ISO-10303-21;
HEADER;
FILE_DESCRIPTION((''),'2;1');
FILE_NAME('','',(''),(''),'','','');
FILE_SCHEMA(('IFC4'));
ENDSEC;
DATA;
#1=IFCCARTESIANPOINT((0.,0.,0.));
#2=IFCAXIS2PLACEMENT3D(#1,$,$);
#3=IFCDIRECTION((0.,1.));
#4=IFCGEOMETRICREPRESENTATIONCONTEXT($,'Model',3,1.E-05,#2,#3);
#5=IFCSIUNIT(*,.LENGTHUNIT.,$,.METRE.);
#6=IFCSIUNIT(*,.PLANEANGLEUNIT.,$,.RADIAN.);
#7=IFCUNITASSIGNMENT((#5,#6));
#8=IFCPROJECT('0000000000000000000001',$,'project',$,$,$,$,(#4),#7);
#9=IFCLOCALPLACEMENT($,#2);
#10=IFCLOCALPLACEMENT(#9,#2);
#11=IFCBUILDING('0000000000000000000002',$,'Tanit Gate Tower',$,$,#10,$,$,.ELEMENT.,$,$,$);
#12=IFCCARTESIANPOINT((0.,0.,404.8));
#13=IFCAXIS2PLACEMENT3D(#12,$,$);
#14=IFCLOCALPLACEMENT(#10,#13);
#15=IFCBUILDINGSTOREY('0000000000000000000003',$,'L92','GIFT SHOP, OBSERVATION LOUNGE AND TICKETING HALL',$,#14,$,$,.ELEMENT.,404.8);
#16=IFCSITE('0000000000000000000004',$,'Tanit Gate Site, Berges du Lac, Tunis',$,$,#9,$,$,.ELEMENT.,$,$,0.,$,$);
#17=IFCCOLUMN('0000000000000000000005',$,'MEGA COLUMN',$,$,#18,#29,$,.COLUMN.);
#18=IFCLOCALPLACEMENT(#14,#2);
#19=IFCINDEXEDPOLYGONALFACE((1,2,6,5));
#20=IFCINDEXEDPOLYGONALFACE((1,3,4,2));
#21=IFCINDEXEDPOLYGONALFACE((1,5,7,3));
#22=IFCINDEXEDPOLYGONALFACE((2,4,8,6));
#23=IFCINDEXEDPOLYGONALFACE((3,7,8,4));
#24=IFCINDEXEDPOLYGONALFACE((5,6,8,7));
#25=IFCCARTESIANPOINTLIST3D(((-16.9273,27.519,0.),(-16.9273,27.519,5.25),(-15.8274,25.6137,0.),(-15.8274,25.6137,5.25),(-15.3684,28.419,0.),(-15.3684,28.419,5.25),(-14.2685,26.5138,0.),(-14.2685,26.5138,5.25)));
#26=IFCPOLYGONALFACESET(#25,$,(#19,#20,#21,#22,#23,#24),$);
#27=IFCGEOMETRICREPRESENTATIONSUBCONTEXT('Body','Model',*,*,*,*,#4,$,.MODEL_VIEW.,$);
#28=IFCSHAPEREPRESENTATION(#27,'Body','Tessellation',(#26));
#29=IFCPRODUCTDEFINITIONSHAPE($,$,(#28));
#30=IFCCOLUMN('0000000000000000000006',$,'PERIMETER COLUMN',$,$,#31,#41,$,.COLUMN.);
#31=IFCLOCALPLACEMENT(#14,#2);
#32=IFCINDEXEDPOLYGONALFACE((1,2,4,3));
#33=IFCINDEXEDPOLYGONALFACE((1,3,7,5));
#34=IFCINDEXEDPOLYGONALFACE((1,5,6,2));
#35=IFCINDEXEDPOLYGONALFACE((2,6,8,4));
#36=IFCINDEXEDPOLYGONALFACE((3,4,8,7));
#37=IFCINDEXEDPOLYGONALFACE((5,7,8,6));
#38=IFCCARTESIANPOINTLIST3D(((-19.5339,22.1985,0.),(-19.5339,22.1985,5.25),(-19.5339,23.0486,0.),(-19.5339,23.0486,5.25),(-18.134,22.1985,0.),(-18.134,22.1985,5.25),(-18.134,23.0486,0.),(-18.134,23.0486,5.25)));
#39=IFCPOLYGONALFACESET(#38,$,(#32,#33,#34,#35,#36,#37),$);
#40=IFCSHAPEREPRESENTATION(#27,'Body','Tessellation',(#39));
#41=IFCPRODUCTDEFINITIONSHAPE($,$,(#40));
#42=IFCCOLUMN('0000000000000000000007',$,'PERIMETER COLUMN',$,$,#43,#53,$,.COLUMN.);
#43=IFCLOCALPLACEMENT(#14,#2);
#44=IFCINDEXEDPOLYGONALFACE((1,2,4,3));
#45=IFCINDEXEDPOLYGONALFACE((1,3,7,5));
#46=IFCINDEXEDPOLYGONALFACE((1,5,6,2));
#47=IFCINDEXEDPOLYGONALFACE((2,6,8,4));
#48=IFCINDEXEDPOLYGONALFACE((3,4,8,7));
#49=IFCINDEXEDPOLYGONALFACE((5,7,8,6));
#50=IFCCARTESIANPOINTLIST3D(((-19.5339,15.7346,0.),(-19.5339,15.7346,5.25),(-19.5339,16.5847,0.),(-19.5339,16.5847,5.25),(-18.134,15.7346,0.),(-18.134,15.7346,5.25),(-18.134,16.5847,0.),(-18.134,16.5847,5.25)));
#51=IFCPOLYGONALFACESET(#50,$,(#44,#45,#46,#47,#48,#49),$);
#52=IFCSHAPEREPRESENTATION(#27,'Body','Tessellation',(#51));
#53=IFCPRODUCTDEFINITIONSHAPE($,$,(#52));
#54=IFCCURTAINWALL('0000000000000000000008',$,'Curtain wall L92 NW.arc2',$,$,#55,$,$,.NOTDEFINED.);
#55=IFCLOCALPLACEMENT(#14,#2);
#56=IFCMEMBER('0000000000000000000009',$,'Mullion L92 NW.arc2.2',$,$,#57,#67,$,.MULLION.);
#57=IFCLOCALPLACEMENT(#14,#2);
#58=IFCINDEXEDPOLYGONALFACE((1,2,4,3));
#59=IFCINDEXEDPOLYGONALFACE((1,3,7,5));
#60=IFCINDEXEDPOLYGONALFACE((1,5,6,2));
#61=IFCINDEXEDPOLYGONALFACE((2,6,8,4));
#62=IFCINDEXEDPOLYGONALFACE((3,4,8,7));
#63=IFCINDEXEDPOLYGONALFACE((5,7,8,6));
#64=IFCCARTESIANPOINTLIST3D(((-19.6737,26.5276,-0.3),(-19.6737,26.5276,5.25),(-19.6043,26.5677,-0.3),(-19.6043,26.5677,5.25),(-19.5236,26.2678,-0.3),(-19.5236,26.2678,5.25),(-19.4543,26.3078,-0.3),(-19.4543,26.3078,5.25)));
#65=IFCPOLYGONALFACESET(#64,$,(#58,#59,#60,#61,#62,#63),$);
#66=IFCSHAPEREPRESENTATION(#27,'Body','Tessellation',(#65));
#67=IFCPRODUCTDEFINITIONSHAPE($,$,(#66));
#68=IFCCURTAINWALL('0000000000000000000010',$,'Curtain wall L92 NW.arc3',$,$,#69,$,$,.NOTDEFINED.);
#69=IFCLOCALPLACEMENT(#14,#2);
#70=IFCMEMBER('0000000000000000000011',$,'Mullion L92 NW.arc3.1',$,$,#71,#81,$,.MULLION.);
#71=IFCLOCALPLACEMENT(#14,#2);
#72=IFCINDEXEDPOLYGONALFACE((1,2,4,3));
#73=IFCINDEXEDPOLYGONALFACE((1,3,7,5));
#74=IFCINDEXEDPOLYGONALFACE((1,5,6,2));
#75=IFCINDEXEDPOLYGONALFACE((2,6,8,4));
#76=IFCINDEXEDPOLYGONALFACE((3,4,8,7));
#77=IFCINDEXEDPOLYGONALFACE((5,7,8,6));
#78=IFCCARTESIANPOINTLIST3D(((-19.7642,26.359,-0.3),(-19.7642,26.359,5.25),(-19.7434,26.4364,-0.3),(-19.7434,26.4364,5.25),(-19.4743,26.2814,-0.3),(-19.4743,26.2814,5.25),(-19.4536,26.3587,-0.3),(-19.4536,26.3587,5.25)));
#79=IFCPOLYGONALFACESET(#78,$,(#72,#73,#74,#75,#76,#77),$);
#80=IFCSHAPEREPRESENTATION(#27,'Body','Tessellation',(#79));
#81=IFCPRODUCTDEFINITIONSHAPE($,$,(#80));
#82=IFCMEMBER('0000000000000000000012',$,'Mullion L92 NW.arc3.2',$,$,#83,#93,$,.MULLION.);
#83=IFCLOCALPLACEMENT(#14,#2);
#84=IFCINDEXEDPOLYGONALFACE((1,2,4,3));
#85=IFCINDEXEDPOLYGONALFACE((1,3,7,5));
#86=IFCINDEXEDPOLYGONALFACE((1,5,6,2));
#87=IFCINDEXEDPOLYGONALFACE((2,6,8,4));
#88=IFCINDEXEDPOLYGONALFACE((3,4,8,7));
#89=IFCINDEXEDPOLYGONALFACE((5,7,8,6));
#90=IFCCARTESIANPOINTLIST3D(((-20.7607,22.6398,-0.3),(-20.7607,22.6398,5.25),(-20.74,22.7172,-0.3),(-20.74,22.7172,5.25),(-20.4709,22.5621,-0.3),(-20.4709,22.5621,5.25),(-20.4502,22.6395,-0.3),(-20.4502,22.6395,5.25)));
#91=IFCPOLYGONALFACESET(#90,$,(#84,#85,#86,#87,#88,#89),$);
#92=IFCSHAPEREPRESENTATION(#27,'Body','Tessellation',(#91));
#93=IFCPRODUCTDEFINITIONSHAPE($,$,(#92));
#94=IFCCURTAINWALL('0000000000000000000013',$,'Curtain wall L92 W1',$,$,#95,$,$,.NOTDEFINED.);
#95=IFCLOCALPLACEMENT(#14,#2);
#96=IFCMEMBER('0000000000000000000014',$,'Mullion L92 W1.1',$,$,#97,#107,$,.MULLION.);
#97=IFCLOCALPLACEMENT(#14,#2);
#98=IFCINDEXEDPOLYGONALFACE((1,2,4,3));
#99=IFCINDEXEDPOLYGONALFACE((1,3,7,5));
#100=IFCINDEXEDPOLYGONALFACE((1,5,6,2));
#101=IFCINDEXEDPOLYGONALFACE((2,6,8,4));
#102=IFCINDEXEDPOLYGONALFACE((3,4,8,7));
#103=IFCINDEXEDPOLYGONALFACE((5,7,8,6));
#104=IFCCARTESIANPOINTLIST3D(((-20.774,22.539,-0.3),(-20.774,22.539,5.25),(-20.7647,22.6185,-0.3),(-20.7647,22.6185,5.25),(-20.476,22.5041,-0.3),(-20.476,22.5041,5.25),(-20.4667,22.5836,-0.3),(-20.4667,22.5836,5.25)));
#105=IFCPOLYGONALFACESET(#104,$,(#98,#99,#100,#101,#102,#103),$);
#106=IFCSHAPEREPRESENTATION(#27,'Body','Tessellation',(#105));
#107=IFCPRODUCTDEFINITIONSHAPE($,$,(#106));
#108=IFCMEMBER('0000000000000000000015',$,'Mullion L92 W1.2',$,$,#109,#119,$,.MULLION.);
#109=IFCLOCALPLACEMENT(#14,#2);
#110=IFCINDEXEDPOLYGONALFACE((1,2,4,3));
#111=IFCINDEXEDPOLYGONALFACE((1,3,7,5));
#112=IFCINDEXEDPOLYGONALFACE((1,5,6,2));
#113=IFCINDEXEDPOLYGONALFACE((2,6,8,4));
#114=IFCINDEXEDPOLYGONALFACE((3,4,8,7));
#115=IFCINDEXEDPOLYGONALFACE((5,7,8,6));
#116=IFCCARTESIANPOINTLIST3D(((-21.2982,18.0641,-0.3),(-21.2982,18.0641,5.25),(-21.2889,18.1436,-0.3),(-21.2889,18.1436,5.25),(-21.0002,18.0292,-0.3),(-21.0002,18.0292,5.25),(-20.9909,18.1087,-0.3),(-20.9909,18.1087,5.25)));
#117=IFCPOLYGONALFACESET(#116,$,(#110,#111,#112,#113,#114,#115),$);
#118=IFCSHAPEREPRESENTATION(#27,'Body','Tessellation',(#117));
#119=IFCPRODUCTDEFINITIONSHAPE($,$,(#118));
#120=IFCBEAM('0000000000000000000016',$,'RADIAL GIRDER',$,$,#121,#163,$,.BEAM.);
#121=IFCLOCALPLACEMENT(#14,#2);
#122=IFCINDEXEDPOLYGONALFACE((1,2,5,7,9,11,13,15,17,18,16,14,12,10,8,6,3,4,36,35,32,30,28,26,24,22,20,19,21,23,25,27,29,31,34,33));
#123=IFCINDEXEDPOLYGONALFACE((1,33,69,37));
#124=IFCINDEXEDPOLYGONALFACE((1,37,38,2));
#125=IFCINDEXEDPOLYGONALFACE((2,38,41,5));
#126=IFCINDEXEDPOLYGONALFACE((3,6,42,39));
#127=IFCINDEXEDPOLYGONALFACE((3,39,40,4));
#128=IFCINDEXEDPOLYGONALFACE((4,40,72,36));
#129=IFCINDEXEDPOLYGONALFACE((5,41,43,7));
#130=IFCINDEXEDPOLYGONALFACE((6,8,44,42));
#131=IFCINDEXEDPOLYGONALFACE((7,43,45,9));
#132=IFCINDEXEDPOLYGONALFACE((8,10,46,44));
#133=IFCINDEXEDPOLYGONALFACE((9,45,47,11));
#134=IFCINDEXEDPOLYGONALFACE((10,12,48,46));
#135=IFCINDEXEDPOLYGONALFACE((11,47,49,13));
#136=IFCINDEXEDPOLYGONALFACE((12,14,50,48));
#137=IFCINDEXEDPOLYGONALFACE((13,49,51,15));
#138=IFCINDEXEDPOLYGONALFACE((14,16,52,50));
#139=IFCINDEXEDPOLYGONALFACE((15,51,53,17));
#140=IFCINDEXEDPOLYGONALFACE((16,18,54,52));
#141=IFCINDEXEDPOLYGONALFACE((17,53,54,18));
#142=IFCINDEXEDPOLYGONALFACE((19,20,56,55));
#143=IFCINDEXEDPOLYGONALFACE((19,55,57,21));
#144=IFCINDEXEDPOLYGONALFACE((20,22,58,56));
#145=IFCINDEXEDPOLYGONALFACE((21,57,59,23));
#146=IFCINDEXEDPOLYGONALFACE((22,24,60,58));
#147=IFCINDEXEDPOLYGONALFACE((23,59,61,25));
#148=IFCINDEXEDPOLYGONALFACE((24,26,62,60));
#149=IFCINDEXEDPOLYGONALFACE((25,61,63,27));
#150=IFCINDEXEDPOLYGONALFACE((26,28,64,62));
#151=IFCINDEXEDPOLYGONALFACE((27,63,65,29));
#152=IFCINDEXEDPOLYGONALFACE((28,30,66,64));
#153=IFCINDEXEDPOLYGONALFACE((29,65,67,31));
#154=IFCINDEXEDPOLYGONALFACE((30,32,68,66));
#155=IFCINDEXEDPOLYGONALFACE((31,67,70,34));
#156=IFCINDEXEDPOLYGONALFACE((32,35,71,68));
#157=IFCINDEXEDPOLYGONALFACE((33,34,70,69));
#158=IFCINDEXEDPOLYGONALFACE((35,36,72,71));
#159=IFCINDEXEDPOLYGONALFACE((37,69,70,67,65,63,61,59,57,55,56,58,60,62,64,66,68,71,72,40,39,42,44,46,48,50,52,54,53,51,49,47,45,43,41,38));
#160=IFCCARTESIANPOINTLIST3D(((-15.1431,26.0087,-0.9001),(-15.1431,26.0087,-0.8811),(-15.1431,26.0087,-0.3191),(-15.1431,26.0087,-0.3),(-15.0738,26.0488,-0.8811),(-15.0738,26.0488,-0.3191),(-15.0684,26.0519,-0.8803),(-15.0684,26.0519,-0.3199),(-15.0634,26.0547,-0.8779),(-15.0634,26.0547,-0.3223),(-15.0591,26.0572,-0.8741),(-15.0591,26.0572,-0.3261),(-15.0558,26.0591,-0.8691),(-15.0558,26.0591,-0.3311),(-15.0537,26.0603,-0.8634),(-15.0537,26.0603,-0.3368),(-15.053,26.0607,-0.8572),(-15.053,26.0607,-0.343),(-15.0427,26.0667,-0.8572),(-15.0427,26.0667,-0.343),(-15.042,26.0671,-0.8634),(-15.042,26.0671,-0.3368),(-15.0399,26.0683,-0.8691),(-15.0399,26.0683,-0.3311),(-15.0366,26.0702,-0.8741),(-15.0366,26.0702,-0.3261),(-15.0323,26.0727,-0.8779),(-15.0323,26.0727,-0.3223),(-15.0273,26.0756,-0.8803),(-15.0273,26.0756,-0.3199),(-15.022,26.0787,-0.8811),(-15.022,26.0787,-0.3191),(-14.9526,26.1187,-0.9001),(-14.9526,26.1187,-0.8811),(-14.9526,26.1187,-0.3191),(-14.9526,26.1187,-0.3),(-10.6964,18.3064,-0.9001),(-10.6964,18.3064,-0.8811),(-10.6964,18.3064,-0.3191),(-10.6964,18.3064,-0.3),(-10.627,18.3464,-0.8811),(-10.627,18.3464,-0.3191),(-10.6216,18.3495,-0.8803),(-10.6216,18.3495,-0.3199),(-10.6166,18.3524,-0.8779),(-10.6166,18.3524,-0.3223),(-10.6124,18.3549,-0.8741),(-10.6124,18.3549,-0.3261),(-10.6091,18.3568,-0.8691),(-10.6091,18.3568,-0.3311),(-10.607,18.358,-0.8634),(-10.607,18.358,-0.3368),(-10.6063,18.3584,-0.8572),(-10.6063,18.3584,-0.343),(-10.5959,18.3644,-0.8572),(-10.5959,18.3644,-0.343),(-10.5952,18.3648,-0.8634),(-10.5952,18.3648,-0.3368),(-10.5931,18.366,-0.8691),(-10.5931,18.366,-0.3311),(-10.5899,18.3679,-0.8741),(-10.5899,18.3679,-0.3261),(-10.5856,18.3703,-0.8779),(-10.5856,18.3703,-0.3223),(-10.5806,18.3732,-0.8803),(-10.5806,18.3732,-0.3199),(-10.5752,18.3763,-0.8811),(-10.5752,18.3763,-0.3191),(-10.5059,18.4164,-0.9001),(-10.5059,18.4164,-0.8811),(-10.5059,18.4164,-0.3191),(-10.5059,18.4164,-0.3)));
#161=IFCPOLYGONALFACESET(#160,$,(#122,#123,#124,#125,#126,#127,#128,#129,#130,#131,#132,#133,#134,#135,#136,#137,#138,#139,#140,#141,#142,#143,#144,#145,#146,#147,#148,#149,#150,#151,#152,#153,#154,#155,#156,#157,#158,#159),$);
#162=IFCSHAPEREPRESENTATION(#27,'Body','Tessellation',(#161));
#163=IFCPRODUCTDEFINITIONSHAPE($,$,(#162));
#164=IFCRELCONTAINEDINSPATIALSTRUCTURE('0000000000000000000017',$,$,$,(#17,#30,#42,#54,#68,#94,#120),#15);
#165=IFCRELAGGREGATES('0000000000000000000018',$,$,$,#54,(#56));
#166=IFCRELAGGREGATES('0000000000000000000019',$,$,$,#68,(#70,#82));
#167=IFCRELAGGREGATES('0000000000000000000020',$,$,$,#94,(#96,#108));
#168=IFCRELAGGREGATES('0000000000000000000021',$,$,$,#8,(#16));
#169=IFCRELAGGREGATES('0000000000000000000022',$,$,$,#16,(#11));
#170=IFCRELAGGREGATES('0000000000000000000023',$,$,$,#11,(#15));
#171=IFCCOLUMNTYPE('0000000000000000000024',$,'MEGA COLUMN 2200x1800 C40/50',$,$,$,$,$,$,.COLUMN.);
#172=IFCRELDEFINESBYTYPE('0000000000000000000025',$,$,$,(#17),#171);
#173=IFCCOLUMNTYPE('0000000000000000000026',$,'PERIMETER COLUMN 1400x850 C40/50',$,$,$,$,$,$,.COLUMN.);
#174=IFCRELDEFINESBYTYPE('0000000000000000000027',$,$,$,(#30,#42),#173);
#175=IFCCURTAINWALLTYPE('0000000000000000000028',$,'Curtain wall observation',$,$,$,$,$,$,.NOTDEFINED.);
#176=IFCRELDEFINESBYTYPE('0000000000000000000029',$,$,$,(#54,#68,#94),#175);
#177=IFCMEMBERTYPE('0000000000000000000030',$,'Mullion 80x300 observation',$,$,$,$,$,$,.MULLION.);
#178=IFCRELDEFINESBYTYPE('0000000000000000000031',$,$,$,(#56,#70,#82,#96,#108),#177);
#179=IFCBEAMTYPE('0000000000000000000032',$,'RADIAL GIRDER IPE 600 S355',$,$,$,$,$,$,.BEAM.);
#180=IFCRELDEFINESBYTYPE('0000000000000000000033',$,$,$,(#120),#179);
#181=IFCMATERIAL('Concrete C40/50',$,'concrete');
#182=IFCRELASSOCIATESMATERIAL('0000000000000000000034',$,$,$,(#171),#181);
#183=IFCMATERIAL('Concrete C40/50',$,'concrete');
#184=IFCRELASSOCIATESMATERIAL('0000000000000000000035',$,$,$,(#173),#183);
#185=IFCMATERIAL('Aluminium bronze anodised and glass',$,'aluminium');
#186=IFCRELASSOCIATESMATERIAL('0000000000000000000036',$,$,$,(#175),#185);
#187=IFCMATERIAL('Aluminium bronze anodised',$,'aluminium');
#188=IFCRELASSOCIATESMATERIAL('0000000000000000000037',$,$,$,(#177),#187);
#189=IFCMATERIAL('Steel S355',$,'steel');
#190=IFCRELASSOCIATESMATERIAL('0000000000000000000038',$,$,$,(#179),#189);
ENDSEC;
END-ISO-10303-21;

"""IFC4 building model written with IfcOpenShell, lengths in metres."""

from ifc_helpers import new_model, si_unit, direction, frame, origin, origin_2d, place, context, subcontext, project, spatial, rectangle, i_section, extrude, material, material_profile, profile_set, type_object, element, aggregate, save


model = new_model("IFC4")

# Units and contexts
model_context = context("Model", 3, precision=1e-05, world=origin(), true_north=direction((0.0, 1.0)))
body_context = subcontext(model_context, "Body", "Model", "MODEL_VIEW")
ifc_project = project(units=[si_unit("LENGTHUNIT", "METRE"), si_unit("PLANEANGLEUNIT", "RADIAN")], contexts=[model_context])

# Site, building, storey
site_placement = place(None, origin())
site = spatial("IfcSite", under=ifc_project, at=site_placement, Name="Tanit Gate Site, Berges du Lac, Tunis", CompositionType="ELEMENT", RefElevation=0.0)
building_placement = place(site_placement, origin())
building = spatial("IfcBuilding", under=site, at=building_placement, Name="Tanit Gate Tower", CompositionType="ELEMENT")
storey_placement = place(building_placement, frame((0.0, 0.0, 404.8)))
storey = spatial("IfcBuildingStorey", under=building, at=storey_placement, Name="L92", Description="GIFT SHOP, OBSERVATION LOUNGE AND TICKETING HALL", CompositionType="ELEMENT", Elevation=404.8)

# Columns
ifc_material_1 = material(Name="Concrete C40/50", Category="concrete")
ifc_material_profile_1 = material_profile(ifc_material_1, rectangle(XDim=2.2, YDim=1.8, at=origin_2d()), Name="RC 2200x1800")
ifc_profile_set_1 = profile_set([ifc_material_profile_1], Name="Concrete C40/50")
column_type_1 = type_object("IfcColumnType", Name="MEGA COLUMN 2200x1800 C40/50", PredefinedType="COLUMN", material=ifc_profile_set_1)
column_placement = place(storey_placement, frame((-15.5979, 27.0164, 0.0), z_axis=(0.0, 0.0, 1.0), x_axis=(-0.5, 0.866025, 0.0)))
element("IfcColumn", 1, at=column_placement, inside=storey, type_object=column_type_1, Name="MEGA COLUMN", PredefinedType="COLUMN", context=body_context, shape_type="SweptSolid", body=[
    extrude(rectangle(XDim=2.2, YDim=1.8, at=origin_2d()), origin(), (0.0, 0.0, 1.0), 5.25),
])
ifc_material_2 = material(Name="Concrete C40/50", Category="concrete")
ifc_material_profile_2 = material_profile(ifc_material_2, rectangle(XDim=1.3999, YDim=0.8501, at=origin_2d()), Name="RC 1400x850")
ifc_profile_set_2 = profile_set([ifc_material_profile_2], Name="Concrete C40/50")
column_type_2 = type_object("IfcColumnType", Name="PERIMETER COLUMN 1400x850 C40/50", PredefinedType="COLUMN", material=ifc_profile_set_2)
for number, where, z_axis, x_axis, name in (
    (2, (-18.834, 22.6235, 0.0), (0.0, 0.0, 1.0), (-1.0, 0.0, 0.0), "PERIMETER COLUMN"),
    (3, (-18.834, 16.1597, 0.0), (0.0, 0.0, 1.0), (-1.0, 0.0, 0.0), "PERIMETER COLUMN"),
):
    element("IfcColumn", number, at=place(storey_placement, frame(where, z_axis=z_axis, x_axis=x_axis)), inside=storey, type_object=column_type_2, Name=name, PredefinedType="COLUMN", context=body_context, shape_type="SweptSolid", body=[
        extrude(rectangle(XDim=1.3999, YDim=0.8501, at=origin_2d()), origin(), (0.0, 0.0, 1.0), 5.25),
    ])

# Curtain wall, member
ifc_material_3 = material(Name="Aluminium bronze anodised and glass", Category="aluminium")
curtain_wall_type = type_object("IfcCurtainWallType", Name="Curtain wall observation", PredefinedType="NOTDEFINED", material=ifc_material_3)
curtain_wall_1_placement = place(storey_placement, origin())
curtain_wall_1 = element("IfcCurtainWall", 4, at=curtain_wall_1_placement, inside=storey, type_object=curtain_wall_type, Name="Curtain wall L92 NW.arc2", PredefinedType="NOTDEFINED")
ifc_material_4 = material(Name="Aluminium bronze anodised", Category="aluminium")
ifc_material_profile_3 = material_profile(ifc_material_4, rectangle(XDim=0.3, YDim=0.0801, at=origin_2d()), Name="80x300 bronze mullion")
ifc_profile_set_3 = profile_set([ifc_material_profile_3], Name="Aluminium bronze anodised")
member_type_1 = type_object("IfcMemberType", Name="Mullion 80x300 observation", PredefinedType="MULLION", material=ifc_profile_set_3)
member_1_placement = place(storey_placement, frame((-19.564, 26.4177, -0.3), z_axis=(0.0, 0.0, 1.0), x_axis=(0.5, -0.866025, 0.0)))
member_1 = element("IfcMember", 5, at=member_1_placement, type_object=member_type_1, Name="Mullion L92 NW.arc2.2", PredefinedType="MULLION", context=body_context, shape_type="SweptSolid", body=[
    extrude(rectangle(XDim=0.3, YDim=0.0801, at=origin_2d()), origin(), (0.0, 0.0, 1.0), 5.55),
])

# Curtain walls, members
curtain_wall_2_placement = place(storey_placement, origin())
curtain_wall_2 = element("IfcCurtainWall", 6, at=curtain_wall_2_placement, inside=storey, type_object=curtain_wall_type, Name="Curtain wall L92 NW.arc3", PredefinedType="NOTDEFINED")
member_2_placement = place(storey_placement, frame((-19.6089, 26.3589, -0.3), z_axis=(0.0, 0.0, 1.0), x_axis=(0.965926, -0.258819, 0.0)))
member_2 = element("IfcMember", 7, at=member_2_placement, type_object=member_type_1, Name="Mullion L92 NW.arc3.1", PredefinedType="MULLION", context=body_context, shape_type="SweptSolid", body=[
    extrude(rectangle(XDim=0.3, YDim=0.0801, at=origin_2d()), origin(), (0.0, 0.0, 1.0), 5.55),
])
member_3_placement = place(storey_placement, frame((-20.6055, 22.6396, -0.3), z_axis=(0.0, 0.0, 1.0), x_axis=(0.965926, -0.258819, 0.0)))
member_3 = element("IfcMember", 8, at=member_3_placement, type_object=member_type_1, Name="Mullion L92 NW.arc3.2", PredefinedType="MULLION", context=body_context, shape_type="SweptSolid", body=[
    extrude(rectangle(XDim=0.3, YDim=0.0801, at=origin_2d()), origin(), (0.0, 0.0, 1.0), 5.55),
])
curtain_wall_3_placement = place(storey_placement, origin())
curtain_wall_3 = element("IfcCurtainWall", 9, at=curtain_wall_3_placement, inside=storey, type_object=curtain_wall_type, Name="Curtain wall L92 W1", PredefinedType="NOTDEFINED")
member_4_placement = place(storey_placement, frame((-20.6204, 22.5613, -0.3), z_axis=(0.0, 0.0, 1.0), x_axis=(0.993212, -0.116318, 0.0)))
member_4 = element("IfcMember", 10, at=member_4_placement, type_object=member_type_1, Name="Mullion L92 W1.1", PredefinedType="MULLION", context=body_context, shape_type="SweptSolid", body=[
    extrude(rectangle(XDim=0.3, YDim=0.0801, at=origin_2d()), origin(), (0.0, 0.0, 1.0), 5.55),
])
member_5_placement = place(storey_placement, frame((-21.1445, 18.0864, -0.3), z_axis=(0.0, 0.0, 1.0), x_axis=(0.993212, -0.116318, 0.0)))
member_5 = element("IfcMember", 11, at=member_5_placement, type_object=member_type_1, Name="Mullion L92 W1.2", PredefinedType="MULLION", context=body_context, shape_type="SweptSolid", body=[
    extrude(rectangle(XDim=0.3, YDim=0.0801, at=origin_2d()), origin(), (0.0, 0.0, 1.0), 5.55),
])

# Beam
ifc_material_5 = material(Name="Steel S355", Category="steel")
ifc_material_profile_4 = material_profile(ifc_material_5, i_section(OverallWidth=0.22, OverallDepth=0.6001, WebThickness=0.012, FlangeThickness=0.019, FilletRadius=0.0239, at=origin_2d()), Name="IPE 600")
ifc_profile_set_4 = profile_set([ifc_material_profile_4], Name="Steel S355")
beam_type = type_object("IfcBeamType", Name="RADIAL GIRDER IPE 600 S355", PredefinedType="BEAM", material=ifc_profile_set_4)
beam_1_placement = place(storey_placement, frame((-15.0479, 26.0637, -0.6001), z_axis=(0.499983, -0.866035, 0.0), x_axis=(0.866035, 0.499983, 0.0)))
element("IfcBeam", 12, at=beam_1_placement, inside=storey, type_object=beam_type, Name="RADIAL GIRDER", PredefinedType="BEAM", context=body_context, shape_type="SweptSolid", body=[
    extrude(i_section(OverallWidth=0.22, OverallDepth=0.6001, WebThickness=0.012, FlangeThickness=0.019, FilletRadius=0.0239, at=origin_2d()), origin(), (0.0, 0.0, 1.0), 8.8938),
])

aggregate(curtain_wall_1, [member_1])
aggregate(curtain_wall_2, [member_2, member_3])
aggregate(curtain_wall_3, [member_4, member_5])

save(model, "model.ifc")
